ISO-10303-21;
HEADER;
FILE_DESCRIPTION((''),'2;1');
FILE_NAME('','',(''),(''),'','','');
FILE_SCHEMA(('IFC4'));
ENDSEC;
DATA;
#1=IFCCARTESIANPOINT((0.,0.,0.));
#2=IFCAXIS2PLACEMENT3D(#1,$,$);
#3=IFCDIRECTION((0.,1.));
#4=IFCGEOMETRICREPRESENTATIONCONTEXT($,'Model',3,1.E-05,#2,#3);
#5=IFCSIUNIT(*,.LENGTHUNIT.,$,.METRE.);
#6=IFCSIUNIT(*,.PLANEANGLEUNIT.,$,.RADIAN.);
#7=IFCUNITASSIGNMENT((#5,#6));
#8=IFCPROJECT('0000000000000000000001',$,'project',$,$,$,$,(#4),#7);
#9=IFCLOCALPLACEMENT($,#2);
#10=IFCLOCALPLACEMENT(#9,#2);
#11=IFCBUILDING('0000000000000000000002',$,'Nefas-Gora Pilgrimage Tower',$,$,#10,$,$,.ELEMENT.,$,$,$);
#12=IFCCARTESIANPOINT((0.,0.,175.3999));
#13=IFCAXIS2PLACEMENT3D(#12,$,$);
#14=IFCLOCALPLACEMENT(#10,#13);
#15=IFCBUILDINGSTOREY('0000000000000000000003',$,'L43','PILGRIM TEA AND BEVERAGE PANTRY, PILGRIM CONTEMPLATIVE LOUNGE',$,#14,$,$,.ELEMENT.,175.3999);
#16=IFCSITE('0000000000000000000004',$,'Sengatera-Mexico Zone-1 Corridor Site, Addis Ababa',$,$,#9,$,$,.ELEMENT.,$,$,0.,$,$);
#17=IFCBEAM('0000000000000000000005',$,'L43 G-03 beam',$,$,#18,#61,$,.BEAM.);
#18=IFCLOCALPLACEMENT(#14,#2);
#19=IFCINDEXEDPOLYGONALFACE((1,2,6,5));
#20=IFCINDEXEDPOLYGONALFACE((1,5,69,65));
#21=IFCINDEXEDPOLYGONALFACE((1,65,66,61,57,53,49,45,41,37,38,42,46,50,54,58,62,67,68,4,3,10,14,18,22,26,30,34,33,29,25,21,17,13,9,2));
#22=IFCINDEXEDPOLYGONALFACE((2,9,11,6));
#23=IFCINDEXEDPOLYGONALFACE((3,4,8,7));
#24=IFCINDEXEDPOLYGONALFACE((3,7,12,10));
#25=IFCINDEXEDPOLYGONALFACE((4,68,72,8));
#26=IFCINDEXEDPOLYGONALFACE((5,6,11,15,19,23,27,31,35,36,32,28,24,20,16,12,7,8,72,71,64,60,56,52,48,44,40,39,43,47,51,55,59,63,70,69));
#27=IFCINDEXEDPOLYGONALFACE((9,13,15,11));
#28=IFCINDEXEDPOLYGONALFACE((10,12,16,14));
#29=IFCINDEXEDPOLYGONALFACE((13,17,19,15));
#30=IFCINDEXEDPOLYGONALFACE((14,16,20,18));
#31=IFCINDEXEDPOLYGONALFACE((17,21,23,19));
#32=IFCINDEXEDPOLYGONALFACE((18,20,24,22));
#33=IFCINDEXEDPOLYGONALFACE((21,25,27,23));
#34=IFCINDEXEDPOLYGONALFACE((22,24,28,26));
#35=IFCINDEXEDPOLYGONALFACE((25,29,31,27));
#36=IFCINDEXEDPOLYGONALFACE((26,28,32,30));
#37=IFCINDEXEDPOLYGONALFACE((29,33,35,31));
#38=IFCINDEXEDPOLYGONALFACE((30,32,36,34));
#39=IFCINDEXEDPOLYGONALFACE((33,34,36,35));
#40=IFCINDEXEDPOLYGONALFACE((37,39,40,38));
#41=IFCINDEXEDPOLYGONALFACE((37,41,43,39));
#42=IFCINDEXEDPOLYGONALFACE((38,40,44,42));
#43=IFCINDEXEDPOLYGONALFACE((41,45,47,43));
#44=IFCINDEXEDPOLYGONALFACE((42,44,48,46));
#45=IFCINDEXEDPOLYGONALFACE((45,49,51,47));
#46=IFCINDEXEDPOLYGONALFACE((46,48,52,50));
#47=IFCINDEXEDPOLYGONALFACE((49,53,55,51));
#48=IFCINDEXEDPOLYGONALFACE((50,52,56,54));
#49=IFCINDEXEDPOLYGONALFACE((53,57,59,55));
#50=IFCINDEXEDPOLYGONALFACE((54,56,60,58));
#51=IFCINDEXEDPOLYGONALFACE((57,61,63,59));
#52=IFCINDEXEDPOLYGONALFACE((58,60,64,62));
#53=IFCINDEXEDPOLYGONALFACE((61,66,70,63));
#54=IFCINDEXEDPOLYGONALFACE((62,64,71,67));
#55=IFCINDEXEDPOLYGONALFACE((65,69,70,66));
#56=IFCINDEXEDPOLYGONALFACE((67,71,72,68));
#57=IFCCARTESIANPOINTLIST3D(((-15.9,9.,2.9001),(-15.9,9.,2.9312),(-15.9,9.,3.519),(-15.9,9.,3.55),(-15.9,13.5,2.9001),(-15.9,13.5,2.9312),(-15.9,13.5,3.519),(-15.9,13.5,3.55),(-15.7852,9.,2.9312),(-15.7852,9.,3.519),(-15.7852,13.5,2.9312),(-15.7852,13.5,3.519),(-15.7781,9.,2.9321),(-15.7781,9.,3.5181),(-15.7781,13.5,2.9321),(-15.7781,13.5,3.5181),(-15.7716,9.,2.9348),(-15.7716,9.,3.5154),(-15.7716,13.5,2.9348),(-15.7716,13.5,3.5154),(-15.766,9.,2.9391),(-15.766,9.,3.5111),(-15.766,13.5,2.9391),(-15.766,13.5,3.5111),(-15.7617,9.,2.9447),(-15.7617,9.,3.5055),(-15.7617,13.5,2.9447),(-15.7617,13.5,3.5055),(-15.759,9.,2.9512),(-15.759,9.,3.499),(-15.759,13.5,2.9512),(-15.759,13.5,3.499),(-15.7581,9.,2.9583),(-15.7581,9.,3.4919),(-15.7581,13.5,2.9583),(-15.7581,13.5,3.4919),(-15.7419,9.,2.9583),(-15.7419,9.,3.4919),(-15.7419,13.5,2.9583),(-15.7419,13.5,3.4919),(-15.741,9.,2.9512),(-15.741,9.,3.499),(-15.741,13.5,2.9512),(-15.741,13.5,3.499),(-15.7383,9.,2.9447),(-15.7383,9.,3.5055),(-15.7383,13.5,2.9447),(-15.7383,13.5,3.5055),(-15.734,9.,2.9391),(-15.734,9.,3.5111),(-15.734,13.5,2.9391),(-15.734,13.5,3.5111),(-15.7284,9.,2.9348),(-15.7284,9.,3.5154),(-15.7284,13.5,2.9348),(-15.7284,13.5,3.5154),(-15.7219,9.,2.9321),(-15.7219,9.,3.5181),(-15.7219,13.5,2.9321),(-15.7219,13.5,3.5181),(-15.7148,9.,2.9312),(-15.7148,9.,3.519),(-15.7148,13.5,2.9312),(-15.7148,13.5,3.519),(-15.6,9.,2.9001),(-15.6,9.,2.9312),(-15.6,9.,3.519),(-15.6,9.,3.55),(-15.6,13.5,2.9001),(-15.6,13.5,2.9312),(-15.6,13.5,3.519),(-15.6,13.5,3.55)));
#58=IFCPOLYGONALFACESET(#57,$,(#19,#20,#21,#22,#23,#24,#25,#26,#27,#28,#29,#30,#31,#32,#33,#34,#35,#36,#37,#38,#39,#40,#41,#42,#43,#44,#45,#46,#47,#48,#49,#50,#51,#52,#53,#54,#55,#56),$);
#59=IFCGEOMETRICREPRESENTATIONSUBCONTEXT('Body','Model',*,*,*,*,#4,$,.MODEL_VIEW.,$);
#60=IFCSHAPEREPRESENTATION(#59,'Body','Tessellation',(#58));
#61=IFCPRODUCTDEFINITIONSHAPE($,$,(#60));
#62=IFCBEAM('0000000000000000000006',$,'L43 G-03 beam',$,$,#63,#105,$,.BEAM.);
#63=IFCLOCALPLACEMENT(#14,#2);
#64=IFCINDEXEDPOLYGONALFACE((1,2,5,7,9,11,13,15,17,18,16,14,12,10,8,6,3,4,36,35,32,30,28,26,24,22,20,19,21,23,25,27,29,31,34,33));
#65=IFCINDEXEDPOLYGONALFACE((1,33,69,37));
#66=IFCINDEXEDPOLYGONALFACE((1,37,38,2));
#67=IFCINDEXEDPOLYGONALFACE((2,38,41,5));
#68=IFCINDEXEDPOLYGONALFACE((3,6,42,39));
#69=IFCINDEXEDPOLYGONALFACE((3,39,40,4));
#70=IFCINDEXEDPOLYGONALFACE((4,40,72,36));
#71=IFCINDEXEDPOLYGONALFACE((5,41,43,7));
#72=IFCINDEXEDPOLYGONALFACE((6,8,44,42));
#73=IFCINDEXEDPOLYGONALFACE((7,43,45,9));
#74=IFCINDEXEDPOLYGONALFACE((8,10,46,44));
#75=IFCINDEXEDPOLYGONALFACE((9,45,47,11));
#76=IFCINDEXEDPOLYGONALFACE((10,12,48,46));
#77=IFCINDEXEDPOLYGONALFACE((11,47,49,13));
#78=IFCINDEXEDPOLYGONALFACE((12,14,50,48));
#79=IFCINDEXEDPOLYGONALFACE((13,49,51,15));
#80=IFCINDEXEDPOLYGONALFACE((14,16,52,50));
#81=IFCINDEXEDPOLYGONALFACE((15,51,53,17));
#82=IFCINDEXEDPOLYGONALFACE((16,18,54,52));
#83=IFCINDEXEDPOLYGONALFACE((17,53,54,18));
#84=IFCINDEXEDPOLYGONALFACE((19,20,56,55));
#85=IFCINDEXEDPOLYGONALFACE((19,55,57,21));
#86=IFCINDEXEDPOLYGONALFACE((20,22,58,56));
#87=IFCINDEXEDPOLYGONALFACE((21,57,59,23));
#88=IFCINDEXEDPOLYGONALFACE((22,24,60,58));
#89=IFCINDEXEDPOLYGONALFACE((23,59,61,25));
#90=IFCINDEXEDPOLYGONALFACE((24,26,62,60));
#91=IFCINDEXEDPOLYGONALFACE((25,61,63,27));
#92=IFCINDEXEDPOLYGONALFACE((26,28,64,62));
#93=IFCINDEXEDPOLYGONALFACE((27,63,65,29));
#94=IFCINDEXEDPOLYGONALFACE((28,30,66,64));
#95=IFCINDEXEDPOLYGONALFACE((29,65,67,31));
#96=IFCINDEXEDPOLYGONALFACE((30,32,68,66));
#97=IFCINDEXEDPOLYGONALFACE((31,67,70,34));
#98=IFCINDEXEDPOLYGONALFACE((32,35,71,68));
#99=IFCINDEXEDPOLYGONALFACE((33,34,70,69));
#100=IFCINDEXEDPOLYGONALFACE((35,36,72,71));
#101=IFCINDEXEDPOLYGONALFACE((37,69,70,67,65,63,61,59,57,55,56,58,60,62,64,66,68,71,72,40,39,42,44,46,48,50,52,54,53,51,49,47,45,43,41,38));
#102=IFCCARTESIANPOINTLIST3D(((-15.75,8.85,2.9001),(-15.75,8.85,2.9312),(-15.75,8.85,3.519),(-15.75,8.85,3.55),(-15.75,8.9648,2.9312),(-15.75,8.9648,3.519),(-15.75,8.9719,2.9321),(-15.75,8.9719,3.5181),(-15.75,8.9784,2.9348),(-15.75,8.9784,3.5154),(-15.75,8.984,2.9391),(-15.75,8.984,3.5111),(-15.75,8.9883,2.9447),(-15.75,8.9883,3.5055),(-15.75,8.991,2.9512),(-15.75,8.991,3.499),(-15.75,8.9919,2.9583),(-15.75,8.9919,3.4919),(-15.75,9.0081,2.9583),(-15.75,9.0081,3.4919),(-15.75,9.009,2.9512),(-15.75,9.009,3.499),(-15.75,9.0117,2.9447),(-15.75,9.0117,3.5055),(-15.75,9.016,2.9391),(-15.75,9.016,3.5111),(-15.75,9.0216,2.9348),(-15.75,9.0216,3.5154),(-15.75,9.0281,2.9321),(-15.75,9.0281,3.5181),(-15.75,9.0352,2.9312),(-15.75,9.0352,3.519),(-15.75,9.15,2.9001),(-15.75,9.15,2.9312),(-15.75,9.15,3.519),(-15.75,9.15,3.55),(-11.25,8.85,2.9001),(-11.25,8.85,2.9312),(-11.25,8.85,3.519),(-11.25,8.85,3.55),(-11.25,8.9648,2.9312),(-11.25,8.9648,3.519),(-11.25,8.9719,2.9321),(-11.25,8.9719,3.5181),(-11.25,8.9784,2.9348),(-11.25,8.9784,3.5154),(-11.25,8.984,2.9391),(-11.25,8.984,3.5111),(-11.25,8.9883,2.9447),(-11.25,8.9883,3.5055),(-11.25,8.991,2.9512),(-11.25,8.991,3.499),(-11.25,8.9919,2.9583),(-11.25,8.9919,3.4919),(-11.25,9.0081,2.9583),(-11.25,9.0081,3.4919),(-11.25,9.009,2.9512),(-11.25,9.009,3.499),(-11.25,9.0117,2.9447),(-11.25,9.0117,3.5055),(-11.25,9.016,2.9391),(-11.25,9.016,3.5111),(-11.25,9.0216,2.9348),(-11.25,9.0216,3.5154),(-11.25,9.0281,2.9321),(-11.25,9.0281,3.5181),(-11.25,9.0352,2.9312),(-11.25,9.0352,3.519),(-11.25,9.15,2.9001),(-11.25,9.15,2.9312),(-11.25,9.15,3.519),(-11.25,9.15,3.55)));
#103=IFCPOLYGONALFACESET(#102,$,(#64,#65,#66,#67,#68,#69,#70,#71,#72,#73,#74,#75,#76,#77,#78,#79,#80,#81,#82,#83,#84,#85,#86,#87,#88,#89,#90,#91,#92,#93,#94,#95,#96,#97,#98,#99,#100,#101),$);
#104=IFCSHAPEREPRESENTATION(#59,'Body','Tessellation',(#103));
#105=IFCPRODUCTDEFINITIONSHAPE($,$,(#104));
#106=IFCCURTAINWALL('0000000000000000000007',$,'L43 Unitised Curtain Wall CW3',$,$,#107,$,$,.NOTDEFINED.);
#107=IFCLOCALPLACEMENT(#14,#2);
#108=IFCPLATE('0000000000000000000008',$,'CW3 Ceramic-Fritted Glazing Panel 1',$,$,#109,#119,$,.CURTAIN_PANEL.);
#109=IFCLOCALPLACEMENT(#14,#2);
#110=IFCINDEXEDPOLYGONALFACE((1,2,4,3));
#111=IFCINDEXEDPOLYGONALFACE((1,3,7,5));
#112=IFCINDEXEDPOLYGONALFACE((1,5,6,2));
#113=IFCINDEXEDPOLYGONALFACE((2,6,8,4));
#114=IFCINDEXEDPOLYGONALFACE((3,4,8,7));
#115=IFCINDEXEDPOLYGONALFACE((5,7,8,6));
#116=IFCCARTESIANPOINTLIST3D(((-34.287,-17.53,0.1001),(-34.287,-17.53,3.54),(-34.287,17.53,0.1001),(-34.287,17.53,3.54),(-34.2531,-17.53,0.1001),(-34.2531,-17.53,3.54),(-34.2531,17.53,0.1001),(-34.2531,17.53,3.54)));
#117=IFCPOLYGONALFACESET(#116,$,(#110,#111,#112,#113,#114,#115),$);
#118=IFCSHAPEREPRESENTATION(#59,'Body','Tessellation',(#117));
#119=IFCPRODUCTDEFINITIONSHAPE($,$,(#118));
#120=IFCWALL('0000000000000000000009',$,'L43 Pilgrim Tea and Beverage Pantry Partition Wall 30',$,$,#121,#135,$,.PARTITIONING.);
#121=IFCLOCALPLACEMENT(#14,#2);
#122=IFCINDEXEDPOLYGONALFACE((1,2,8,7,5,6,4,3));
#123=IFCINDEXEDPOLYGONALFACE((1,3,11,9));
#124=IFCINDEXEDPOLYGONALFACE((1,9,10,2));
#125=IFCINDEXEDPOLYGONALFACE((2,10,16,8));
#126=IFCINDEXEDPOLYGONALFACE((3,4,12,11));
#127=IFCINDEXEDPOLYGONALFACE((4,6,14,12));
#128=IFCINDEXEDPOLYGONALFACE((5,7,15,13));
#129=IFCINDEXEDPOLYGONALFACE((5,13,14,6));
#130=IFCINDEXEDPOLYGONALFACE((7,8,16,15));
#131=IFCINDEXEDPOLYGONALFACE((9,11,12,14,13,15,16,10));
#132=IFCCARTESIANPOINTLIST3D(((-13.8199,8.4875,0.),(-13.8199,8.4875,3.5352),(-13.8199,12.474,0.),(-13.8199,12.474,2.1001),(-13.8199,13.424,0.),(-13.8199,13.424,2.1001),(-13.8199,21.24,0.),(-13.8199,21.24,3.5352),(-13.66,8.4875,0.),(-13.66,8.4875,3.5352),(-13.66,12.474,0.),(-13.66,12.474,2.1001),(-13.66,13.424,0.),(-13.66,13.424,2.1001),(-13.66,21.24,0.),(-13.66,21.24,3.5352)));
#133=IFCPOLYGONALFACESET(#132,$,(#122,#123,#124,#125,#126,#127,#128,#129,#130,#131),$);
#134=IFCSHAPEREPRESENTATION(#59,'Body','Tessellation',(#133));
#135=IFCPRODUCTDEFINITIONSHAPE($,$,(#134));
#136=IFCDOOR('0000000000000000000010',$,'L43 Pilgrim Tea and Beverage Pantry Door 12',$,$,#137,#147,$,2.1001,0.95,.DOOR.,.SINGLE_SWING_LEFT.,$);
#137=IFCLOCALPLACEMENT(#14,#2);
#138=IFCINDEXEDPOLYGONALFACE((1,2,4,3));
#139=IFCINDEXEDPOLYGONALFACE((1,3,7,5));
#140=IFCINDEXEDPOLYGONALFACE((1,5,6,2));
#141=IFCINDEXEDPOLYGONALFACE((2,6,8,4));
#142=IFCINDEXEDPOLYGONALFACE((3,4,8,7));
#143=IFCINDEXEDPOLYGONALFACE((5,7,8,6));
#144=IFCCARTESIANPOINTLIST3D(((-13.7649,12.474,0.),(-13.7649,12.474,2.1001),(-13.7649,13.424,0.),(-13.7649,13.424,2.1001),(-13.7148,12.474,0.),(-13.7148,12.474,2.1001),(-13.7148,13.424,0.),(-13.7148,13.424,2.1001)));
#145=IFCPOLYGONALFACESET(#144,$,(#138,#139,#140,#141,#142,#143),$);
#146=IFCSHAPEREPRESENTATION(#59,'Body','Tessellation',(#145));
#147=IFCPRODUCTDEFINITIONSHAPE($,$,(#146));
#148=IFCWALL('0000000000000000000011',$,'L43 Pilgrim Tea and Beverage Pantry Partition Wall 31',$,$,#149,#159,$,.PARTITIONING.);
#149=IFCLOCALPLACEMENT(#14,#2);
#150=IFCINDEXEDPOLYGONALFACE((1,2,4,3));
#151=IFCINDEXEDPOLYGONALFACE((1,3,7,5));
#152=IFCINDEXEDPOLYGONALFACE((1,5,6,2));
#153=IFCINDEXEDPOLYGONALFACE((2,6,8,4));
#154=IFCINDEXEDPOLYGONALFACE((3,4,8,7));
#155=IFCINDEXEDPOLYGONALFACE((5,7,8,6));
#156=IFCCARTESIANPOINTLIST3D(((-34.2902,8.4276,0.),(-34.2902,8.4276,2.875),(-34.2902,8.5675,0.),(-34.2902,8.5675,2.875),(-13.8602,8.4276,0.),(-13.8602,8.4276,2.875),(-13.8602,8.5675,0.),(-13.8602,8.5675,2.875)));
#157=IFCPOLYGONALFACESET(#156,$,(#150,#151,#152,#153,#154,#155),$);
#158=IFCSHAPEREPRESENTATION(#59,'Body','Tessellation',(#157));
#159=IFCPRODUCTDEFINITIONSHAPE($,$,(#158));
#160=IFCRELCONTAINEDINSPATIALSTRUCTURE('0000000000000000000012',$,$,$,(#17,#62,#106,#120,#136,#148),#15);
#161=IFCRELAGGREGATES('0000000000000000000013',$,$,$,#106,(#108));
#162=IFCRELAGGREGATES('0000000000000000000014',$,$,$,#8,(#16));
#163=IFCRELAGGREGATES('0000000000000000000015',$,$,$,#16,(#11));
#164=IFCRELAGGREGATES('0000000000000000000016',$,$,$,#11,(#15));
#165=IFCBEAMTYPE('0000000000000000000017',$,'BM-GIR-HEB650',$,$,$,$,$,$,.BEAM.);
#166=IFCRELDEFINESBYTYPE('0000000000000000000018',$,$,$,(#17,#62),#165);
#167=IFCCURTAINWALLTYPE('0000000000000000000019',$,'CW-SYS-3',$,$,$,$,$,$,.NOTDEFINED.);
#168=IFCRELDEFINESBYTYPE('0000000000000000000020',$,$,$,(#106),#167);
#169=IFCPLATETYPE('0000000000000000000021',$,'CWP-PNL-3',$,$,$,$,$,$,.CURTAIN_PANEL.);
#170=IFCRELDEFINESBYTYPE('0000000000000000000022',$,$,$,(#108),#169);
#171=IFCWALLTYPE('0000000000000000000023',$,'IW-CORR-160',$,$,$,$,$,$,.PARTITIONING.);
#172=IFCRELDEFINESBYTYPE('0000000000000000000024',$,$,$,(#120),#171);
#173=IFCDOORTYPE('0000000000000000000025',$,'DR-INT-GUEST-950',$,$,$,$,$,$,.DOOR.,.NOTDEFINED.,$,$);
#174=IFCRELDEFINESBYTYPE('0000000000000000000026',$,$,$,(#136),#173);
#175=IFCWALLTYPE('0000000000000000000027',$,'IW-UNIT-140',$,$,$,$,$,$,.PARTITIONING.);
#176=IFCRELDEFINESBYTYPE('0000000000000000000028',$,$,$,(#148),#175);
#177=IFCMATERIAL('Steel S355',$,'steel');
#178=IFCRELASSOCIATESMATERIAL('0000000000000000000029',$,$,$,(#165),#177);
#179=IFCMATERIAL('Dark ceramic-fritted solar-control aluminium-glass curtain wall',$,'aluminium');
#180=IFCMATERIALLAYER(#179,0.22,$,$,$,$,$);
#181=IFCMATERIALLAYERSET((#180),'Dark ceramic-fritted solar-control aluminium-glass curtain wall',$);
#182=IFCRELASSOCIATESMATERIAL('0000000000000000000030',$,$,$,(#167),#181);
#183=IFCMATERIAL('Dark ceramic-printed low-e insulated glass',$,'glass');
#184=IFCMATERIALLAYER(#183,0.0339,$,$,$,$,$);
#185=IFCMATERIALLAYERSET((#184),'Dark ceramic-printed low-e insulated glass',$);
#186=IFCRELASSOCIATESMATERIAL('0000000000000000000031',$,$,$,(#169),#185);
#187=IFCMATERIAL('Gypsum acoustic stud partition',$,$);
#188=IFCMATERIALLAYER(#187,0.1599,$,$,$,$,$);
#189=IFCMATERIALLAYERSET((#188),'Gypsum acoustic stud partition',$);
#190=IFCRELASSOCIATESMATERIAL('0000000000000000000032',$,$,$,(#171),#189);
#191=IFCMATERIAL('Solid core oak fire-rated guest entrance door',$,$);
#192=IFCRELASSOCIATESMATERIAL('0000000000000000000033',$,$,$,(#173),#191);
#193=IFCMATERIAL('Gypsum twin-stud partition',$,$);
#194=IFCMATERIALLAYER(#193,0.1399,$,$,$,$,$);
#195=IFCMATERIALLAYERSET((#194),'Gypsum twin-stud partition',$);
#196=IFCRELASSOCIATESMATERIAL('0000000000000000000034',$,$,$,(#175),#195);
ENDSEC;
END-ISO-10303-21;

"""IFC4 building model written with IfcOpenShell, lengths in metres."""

from ifc_helpers import new_model, si_unit, direction, frame, frame_2d, origin, origin_2d, place, context, subcontext, project, spatial, rectangle, i_section, extrude, source, transform, mapped, material, layer, layer_set, material_profile, profile_set, type_object, element, fill, aggregate, save


model = new_model("IFC4")

# Units and contexts
model_context = context("Model", 3, precision=1e-05, world=origin(), true_north=direction((0.0, 1.0)))
body_context = subcontext(model_context, "Body", "Model", "MODEL_VIEW")
ifc_project = project(units=[si_unit("LENGTHUNIT", "METRE"), si_unit("PLANEANGLEUNIT", "RADIAN")], contexts=[model_context])

# Site, building, storey
site_placement = place(None, origin())
site = spatial("IfcSite", under=ifc_project, at=site_placement, Name="Sengatera-Mexico Zone-1 Corridor Site, Addis Ababa", CompositionType="ELEMENT", RefElevation=0.0)
building_placement = place(site_placement, origin())
building = spatial("IfcBuilding", under=site, at=building_placement, Name="Nefas-Gora Pilgrimage Tower", CompositionType="ELEMENT")
storey_placement = place(building_placement, frame((0.0, 0.0, 175.3999)))
storey = spatial("IfcBuildingStorey", under=building, at=storey_placement, Name="L43", Description="PILGRIM TEA AND BEVERAGE PANTRY, PILGRIM CONTEMPLATIVE LOUNGE", CompositionType="ELEMENT", Elevation=175.3999)

# Beams
ifc_material_1 = material(Name="Steel S355", Category="steel")
ifc_material_profile_1 = material_profile(ifc_material_1, i_section(OverallWidth=0.3, OverallDepth=0.6499, WebThickness=0.0161, FlangeThickness=0.031, FilletRadius=0.0271, at=origin_2d()), Name="HEB 650")
ifc_profile_set_1 = profile_set([ifc_material_profile_1], Name="Steel S355")
beam_type_1 = type_object("IfcBeamType", Name="BM-GIR-HEB650", PredefinedType="BEAM", material=ifc_profile_set_1)
shared_shape_1 = source(origin(), body_context, "Body", "SweptSolid", [
    extrude(i_section(OverallWidth=0.3, OverallDepth=0.6499, WebThickness=0.0161, FlangeThickness=0.031, FilletRadius=0.0271, at=origin_2d()), origin(), (0.0, 0.0, 1.0), 4.5),
])
for number, where, z_axis, x_axis, name in (
    (1, (-15.75, 9.0, 3.2251), (0.0, 1.0, 0.0), (-1.0, 0.0, 0.0), "L43 G-03 beam"),
    (2, (-15.75, 9.0, 3.2251), (1.0, 0.0, 0.0), (0.0, 1.0, 0.0), "L43 G-03 beam"),
):
    element("IfcBeam", number, at=place(storey_placement, frame(where, z_axis=z_axis, x_axis=x_axis)), inside=storey, type_object=beam_type_1, Name=name, PredefinedType="BEAM", context=body_context, shape_type="MappedRepresentation", body=[
        mapped(shared_shape_1, transform((0.0, 0.0, 0.0), x_axis=(1.0, 0.0, 0.0), y_axis=(0.0, 1.0, 0.0), z_axis=(0.0, 0.0, 1.0), scale=1.0)),
    ])

# Curtain wall, plate
ifc_material_2 = material(Name="Dark ceramic-fritted solar-control aluminium-glass curtain wall", Category="aluminium")
ifc_layer_1 = layer(ifc_material_2, 0.22)
ifc_layer_set_1 = layer_set([ifc_layer_1], Name="Dark ceramic-fritted solar-control aluminium-glass curtain wall")
curtain_wall_type = type_object("IfcCurtainWallType", Name="CW-SYS-3", PredefinedType="NOTDEFINED", material=ifc_layer_set_1)
curtain_wall_placement = place(storey_placement, origin())
curtain_wall = element("IfcCurtainWall", 3, at=curtain_wall_placement, inside=storey, type_object=curtain_wall_type, Name="L43 Unitised Curtain Wall CW3", PredefinedType="NOTDEFINED")
ifc_material_3 = material(Name="Dark ceramic-printed low-e insulated glass", Category="glass")
ifc_layer_2 = layer(ifc_material_3, 0.0339)
ifc_layer_set_2 = layer_set([ifc_layer_2], Name="Dark ceramic-printed low-e insulated glass")
plate_type = type_object("IfcPlateType", Name="CWP-PNL-3", PredefinedType="CURTAIN_PANEL", material=ifc_layer_set_2)
shared_shape_2 = source(origin(), body_context, "Body", "SweptSolid", [
    extrude(rectangle(XDim=35.0601, YDim=0.0339, at=origin_2d()), origin(), (0.0, 0.0, 1.0), 3.4399),
])
plate_placement = place(storey_placement, frame((-34.27, 0.0, 0.1001), z_axis=(0.0, 0.0, 1.0), x_axis=(0.0, -1.0, 0.0)))
plate = element("IfcPlate", 4, at=plate_placement, type_object=plate_type, Name="CW3 Ceramic-Fritted Glazing Panel 1", PredefinedType="CURTAIN_PANEL", context=body_context, shape_type="MappedRepresentation", body=[
    mapped(shared_shape_2, transform((0.0, 0.0, 0.0), x_axis=(1.0, 0.0, 0.0), y_axis=(0.0, 1.0, 0.0), z_axis=(0.0, 0.0, 1.0), scale=1.0)),
])
aggregate(curtain_wall, [plate])

# Wall, opening, door
ifc_material_4 = material(Name="Gypsum acoustic stud partition")
ifc_layer_3 = layer(ifc_material_4, 0.1599)
ifc_layer_set_3 = layer_set([ifc_layer_3], Name="Gypsum acoustic stud partition")
wall_type_1 = type_object("IfcWallType", Name="IW-CORR-160", PredefinedType="PARTITIONING", material=ifc_layer_set_3)
shared_shape_3 = source(origin(), body_context, "Body", "SweptSolid", [
    extrude(rectangle(XDim=12.7524, YDim=0.1599, at=frame_2d((6.3762, 0.0))), origin(), (0.0, 0.0, 1.0), 3.5352),
])
wall_1_placement = place(storey_placement, frame((-13.74, 8.4875, 0.0), z_axis=(0.0, 0.0, 1.0), x_axis=(0.0, 1.0, 0.0)))
wall_1 = element("IfcWall", 5, at=wall_1_placement, inside=storey, type_object=wall_type_1, Name="L43 Pilgrim Tea and Beverage Pantry Partition Wall 30", PredefinedType="PARTITIONING", context=body_context, shape_type="MappedRepresentation", body=[
    mapped(shared_shape_3, transform((0.0, 0.0, 0.0), x_axis=(1.0, 0.0, 0.0), y_axis=(0.0, 1.0, 0.0), z_axis=(0.0, 0.0, 1.0), scale=1.0)),
])
opening_placement = place(wall_1_placement, frame((3.9863, 0.0, 0.0)))
opening = element("IfcOpeningElement", 6, at=opening_placement, cuts=wall_1, PredefinedType="OPENING", context=body_context, shape_type="SweptSolid", body=[
    extrude(rectangle(XDim=0.95, YDim=2.1001, at=frame_2d((0.4751, 1.05))), frame((0.0, 0.0898, 0.0), z_axis=(0.0, -1.0, 0.0), x_axis=(1.0, 0.0, 0.0)), (0.0, 0.0, 1.0), 0.1799),
])
ifc_material_5 = material(Name="Solid core oak fire-rated guest entrance door")
door_type = type_object("IfcDoorType", Name="DR-INT-GUEST-950", OperationType="NOTDEFINED", PredefinedType="DOOR", material=ifc_material_5)
shared_shape_4 = source(origin(), body_context, "Body", "SweptSolid", [
    extrude(rectangle(XDim=0.95, YDim=2.1001, at=frame_2d((0.4751, 1.05))), frame((0.0, 0.0249, 0.0), z_axis=(0.0, -1.0, 0.0), x_axis=(1.0, 0.0, 0.0)), (0.0, 0.0, 1.0), 0.05),
])
door_placement = place(opening_placement, origin())
door = element("IfcDoor", 7, at=door_placement, inside=storey, type_object=door_type, Name="L43 Pilgrim Tea and Beverage Pantry Door 12", OperationType="SINGLE_SWING_LEFT", OverallHeight=2.1001, OverallWidth=0.95, PredefinedType="DOOR", context=body_context, shape_type="MappedRepresentation", body=[
    mapped(shared_shape_4, transform((0.0, 0.0, 0.0), x_axis=(1.0, 0.0, 0.0), y_axis=(0.0, 1.0, 0.0), z_axis=(0.0, 0.0, 1.0), scale=1.0)),
])
fill(opening, door)

# Wall
ifc_material_6 = material(Name="Gypsum twin-stud partition")
ifc_layer_4 = layer(ifc_material_6, 0.1399)
ifc_layer_set_4 = layer_set([ifc_layer_4], Name="Gypsum twin-stud partition")
wall_type_2 = type_object("IfcWallType", Name="IW-UNIT-140", PredefinedType="PARTITIONING", material=ifc_layer_set_4)
shared_shape_5 = source(origin(), body_context, "Body", "SweptSolid", [
    extrude(rectangle(XDim=20.4299, YDim=0.1399, at=frame_2d((10.2148, 0.0))), origin(), (0.0, 0.0, 1.0), 2.875),
])
wall_2_placement = place(storey_placement, frame((-34.29, 8.4976, 0.0), z_axis=(0.0, 0.0, 1.0), x_axis=(1.0, 0.0, 0.0)))
element("IfcWall", 8, at=wall_2_placement, inside=storey, type_object=wall_type_2, Name="L43 Pilgrim Tea and Beverage Pantry Partition Wall 31", PredefinedType="PARTITIONING", context=body_context, shape_type="MappedRepresentation", body=[
    mapped(shared_shape_5, transform((0.0, 0.0, 0.0), x_axis=(1.0, 0.0, 0.0), y_axis=(0.0, 1.0, 0.0), z_axis=(0.0, 0.0, 1.0), scale=1.0)),
])

save(model, "model.ifc")
